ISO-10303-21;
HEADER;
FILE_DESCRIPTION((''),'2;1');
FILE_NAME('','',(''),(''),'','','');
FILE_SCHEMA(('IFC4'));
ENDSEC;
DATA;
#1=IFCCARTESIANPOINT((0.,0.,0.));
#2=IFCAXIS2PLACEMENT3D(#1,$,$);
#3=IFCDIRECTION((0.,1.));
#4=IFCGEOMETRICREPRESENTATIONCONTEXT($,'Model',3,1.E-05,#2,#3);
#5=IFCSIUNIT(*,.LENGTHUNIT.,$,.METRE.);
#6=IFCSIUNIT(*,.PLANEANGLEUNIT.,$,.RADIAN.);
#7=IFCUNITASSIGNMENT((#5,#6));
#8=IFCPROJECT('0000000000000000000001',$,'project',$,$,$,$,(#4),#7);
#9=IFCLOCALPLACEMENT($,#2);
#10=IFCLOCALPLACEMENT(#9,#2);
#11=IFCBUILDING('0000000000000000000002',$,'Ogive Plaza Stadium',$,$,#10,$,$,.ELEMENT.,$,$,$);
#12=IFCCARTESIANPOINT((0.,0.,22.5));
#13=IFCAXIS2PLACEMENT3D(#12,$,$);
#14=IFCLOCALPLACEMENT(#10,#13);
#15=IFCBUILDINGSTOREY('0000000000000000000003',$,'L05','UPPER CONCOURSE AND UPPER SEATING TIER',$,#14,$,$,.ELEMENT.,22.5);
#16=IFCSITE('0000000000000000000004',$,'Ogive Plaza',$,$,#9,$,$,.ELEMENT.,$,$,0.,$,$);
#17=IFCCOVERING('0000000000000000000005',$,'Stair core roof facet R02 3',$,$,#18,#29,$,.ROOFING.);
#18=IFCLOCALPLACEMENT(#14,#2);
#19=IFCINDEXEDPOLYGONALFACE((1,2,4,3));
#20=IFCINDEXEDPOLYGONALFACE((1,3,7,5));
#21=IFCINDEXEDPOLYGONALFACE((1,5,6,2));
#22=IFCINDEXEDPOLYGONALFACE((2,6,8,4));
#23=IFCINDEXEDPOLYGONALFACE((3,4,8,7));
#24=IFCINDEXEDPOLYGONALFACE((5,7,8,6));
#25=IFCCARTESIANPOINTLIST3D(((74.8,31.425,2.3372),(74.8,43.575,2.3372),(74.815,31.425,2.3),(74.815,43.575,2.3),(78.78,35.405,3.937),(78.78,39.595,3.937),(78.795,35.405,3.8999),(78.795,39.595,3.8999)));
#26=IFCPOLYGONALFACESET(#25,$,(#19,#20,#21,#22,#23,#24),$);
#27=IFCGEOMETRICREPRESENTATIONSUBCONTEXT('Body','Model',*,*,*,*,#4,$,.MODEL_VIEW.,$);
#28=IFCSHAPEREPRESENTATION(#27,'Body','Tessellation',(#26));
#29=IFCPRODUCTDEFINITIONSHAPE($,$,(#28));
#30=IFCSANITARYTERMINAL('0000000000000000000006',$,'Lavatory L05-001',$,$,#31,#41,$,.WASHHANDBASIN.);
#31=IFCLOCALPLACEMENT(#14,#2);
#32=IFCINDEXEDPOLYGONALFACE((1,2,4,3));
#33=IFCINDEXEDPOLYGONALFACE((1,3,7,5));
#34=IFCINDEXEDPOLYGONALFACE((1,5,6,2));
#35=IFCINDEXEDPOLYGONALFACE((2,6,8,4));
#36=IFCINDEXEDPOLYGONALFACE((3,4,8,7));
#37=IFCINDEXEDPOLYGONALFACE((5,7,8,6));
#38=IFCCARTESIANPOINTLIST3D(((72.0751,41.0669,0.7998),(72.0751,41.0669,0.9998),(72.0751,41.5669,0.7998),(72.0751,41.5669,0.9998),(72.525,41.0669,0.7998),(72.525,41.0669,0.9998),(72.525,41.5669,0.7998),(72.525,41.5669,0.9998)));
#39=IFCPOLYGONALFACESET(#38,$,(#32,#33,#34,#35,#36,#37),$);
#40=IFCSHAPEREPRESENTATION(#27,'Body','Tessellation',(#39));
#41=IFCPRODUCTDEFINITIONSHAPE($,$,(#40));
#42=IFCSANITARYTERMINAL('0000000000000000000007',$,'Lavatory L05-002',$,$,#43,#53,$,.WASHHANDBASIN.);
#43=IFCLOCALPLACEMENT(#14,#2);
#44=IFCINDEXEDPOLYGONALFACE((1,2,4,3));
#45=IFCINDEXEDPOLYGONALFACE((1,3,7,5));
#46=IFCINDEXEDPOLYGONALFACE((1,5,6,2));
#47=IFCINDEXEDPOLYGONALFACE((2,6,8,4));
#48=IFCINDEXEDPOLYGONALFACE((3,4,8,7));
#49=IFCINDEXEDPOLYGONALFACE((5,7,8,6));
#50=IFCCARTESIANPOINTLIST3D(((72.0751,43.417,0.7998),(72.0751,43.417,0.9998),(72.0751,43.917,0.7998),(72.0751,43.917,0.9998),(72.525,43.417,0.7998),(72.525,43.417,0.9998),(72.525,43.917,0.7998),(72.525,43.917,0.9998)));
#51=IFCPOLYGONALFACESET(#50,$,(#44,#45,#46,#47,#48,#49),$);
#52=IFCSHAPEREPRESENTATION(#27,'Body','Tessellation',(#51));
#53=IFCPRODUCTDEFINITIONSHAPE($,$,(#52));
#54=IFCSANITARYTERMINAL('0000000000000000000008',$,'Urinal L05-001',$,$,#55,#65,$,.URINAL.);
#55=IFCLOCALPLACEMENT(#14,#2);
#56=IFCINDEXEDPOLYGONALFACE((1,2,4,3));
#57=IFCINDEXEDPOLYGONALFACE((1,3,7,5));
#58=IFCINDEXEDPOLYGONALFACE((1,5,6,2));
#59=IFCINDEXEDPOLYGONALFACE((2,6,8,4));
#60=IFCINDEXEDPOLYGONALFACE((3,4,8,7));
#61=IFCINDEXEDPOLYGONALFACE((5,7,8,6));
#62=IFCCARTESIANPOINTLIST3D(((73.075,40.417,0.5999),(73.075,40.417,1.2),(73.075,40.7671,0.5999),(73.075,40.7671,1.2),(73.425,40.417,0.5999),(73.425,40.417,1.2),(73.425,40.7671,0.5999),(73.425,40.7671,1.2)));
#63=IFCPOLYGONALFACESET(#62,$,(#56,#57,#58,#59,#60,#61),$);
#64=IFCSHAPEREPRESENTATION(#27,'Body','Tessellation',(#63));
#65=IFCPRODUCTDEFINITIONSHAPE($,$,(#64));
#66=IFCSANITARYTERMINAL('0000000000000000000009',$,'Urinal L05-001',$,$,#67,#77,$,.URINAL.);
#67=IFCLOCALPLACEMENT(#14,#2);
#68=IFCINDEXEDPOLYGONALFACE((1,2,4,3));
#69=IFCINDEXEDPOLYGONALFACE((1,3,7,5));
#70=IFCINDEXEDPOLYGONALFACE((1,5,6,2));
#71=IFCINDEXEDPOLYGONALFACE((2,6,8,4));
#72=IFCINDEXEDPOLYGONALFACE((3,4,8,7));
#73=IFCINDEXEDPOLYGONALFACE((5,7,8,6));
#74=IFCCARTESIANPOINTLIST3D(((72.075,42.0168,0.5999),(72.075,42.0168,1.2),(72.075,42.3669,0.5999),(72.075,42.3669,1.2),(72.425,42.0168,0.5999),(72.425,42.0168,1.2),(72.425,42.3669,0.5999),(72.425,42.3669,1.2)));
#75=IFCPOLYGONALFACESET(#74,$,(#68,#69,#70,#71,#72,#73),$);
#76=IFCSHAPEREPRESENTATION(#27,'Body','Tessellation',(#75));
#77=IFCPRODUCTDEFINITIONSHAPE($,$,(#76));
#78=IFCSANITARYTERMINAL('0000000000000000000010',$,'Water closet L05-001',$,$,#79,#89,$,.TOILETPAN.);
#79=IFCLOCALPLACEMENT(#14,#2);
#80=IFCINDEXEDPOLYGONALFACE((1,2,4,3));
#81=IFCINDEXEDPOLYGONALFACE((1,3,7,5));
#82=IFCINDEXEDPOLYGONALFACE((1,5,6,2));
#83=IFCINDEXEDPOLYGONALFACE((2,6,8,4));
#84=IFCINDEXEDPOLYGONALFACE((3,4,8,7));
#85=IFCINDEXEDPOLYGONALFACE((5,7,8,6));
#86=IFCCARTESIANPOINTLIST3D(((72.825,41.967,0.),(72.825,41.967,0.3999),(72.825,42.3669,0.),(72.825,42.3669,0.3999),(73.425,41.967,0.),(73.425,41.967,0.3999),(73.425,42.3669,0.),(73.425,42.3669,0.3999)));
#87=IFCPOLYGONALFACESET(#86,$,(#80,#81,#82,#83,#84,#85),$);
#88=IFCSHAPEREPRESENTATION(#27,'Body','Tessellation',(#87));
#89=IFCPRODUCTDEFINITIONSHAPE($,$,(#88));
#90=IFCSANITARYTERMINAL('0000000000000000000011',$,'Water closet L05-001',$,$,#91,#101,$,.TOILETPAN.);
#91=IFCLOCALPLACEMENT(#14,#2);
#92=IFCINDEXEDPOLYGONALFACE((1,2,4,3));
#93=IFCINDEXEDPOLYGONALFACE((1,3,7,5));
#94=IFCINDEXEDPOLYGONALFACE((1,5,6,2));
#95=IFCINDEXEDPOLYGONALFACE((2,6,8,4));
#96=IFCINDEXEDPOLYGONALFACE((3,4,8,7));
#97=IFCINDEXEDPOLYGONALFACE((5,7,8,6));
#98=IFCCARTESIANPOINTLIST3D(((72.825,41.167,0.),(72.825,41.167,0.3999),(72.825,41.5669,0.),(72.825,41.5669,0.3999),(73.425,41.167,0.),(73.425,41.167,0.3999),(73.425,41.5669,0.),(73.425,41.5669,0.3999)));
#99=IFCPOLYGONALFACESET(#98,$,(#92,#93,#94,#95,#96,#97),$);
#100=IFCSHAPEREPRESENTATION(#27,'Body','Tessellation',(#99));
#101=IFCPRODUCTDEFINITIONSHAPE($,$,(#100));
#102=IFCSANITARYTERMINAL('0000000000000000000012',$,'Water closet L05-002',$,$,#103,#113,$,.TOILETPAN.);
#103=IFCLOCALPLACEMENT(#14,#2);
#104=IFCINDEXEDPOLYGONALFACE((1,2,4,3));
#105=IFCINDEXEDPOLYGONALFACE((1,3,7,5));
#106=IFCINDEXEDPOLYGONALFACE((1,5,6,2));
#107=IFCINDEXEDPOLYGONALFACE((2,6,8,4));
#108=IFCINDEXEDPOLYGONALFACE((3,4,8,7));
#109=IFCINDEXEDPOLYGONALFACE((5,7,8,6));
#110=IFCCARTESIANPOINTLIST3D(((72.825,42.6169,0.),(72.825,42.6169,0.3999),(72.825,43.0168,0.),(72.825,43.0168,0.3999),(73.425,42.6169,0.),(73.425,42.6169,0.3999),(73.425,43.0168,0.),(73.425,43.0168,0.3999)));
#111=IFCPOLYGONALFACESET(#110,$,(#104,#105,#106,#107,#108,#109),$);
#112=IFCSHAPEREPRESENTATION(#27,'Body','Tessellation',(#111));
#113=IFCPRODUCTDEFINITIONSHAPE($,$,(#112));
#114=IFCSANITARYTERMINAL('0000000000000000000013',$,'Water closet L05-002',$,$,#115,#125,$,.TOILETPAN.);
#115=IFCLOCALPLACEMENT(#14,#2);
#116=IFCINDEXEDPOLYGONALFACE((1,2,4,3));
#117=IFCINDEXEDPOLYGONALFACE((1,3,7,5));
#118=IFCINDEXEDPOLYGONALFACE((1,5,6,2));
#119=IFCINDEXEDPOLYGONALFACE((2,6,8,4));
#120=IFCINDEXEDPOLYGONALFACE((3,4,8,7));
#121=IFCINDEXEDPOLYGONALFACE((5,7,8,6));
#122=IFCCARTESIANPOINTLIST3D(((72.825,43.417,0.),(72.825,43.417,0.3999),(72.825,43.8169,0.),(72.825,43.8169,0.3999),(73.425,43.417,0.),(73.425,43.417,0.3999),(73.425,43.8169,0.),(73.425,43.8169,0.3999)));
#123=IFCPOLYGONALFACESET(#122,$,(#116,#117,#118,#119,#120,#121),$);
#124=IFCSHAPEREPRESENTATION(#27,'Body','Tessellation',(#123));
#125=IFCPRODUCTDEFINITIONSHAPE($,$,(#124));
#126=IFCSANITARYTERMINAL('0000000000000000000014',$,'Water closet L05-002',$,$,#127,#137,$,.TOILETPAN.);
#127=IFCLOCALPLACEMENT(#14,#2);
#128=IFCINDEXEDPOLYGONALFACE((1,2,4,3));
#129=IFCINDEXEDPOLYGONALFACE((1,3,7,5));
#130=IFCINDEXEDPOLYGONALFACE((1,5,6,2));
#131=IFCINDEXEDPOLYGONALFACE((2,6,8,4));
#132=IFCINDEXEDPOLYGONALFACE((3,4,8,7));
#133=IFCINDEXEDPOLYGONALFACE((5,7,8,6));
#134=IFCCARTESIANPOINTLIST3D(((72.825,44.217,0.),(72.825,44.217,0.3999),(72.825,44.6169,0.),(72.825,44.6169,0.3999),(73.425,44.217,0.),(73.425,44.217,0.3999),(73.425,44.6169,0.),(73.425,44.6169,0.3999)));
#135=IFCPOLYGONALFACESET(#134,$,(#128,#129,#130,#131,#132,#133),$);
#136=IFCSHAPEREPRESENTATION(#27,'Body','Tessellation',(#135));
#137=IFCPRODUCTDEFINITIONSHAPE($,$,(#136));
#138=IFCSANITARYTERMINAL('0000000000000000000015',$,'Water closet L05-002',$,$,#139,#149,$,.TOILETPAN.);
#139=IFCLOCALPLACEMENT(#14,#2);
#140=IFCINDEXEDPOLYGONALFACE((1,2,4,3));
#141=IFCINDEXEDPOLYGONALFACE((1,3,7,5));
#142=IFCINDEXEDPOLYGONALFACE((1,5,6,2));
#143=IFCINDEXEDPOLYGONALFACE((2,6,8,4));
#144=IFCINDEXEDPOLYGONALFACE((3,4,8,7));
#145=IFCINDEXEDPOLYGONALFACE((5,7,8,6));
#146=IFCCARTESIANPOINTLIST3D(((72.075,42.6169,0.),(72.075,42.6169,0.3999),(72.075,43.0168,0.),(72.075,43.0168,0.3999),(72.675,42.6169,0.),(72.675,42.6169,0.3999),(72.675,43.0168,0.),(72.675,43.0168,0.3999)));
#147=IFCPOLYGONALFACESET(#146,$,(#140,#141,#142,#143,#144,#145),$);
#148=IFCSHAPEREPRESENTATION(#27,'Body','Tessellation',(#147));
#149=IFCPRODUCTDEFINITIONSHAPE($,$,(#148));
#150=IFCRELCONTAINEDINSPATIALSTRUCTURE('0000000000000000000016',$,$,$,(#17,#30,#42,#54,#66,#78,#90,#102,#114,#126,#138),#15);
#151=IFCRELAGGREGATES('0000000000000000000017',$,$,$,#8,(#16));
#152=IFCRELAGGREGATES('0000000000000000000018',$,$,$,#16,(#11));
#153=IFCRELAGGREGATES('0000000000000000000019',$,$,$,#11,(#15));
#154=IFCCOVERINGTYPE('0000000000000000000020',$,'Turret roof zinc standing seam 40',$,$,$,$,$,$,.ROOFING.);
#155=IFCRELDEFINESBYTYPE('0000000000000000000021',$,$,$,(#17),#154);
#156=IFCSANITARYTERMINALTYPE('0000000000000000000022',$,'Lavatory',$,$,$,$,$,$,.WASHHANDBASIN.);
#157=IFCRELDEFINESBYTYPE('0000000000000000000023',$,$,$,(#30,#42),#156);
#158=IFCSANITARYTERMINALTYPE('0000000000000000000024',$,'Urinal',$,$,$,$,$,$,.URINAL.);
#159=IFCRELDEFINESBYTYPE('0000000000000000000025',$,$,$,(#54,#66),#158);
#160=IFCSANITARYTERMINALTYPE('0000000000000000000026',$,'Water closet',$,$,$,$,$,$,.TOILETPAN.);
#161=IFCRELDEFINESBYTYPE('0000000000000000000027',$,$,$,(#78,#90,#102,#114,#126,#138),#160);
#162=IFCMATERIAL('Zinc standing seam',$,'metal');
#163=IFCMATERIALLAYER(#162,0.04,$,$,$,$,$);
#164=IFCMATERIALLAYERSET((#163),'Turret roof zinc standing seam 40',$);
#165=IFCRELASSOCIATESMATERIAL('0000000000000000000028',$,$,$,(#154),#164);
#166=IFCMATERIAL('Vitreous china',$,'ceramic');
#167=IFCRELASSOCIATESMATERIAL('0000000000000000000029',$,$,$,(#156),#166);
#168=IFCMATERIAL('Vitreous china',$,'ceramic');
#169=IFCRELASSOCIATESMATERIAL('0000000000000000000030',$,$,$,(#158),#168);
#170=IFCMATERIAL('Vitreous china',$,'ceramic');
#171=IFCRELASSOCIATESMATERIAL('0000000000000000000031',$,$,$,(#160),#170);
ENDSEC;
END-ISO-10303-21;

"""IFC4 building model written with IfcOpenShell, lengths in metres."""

from ifc_helpers import new_model, si_unit, direction, frame, origin, origin_2d, place, context, subcontext, project, spatial, polyline, rectangle, outline, extrude, material, layer, layer_set, type_object, element, save


model = new_model("IFC4")

# Units and contexts
model_context = context("Model", 3, precision=1e-05, world=origin(), true_north=direction((0.0, 1.0)))
body_context = subcontext(model_context, "Body", "Model", "MODEL_VIEW")
ifc_project = project(units=[si_unit("LENGTHUNIT", "METRE"), si_unit("PLANEANGLEUNIT", "RADIAN")], contexts=[model_context])

# Site, building, storey
site_placement = place(None, origin())
site = spatial("IfcSite", under=ifc_project, at=site_placement, Name="Ogive Plaza", CompositionType="ELEMENT", RefElevation=0.0)
building_placement = place(site_placement, origin())
building = spatial("IfcBuilding", under=site, at=building_placement, Name="Ogive Plaza Stadium", CompositionType="ELEMENT")
storey_placement = place(building_placement, frame((0.0, 0.0, 22.5)))
storey = spatial("IfcBuildingStorey", under=building, at=storey_placement, Name="L05", Description="UPPER CONCOURSE AND UPPER SEATING TIER", CompositionType="ELEMENT", Elevation=22.5)

# Covering
ifc_material_1 = material(Name="Zinc standing seam", Category="metal")
ifc_layer_1 = layer(ifc_material_1, 0.04)
ifc_layer_set_1 = layer_set([ifc_layer_1], Name="Turret roof zinc standing seam 40")
covering_type = type_object("IfcCoveringType", Name="Turret roof zinc standing seam 40", PredefinedType="ROOFING", material=ifc_layer_set_1)
covering_placement = place(storey_placement, frame((74.8, 43.575, 2.3372), z_axis=(-0.37297, 0.0, 0.927843), x_axis=(0.0, -1.0, 0.0)))
element("IfcCovering", 1, at=covering_placement, inside=storey, type_object=covering_type, Name="Stair core roof facet R02 3", PredefinedType="ROOFING", context=body_context, shape_type="SweptSolid", body=[
    extrude(outline(polyline([(0.0, 0.0), (12.1499, 0.0), (8.1699, 4.2895), (3.98, 4.2895), (0.0, 0.0)])), origin(), (0.0, 0.0, -1.0), 0.04),
])

# Sanitary terminals
ifc_material_2 = material(Name="Vitreous china", Category="ceramic")
sanitary_terminal_type_1 = type_object("IfcSanitaryTerminalType", Name="Lavatory", PredefinedType="WASHHANDBASIN", material=ifc_material_2)
for number, where, z_axis, x_axis, name in (
    (2, (72.3, 41.3169, 0.7998), (0.0, 0.0, 1.0), (0.0, -1.0, 0.0), "Lavatory L05-001"),
    (3, (72.3, 43.667, 0.7998), (0.0, 0.0, 1.0), (0.0, 1.0, 0.0), "Lavatory L05-002"),
):
    element("IfcSanitaryTerminal", number, at=place(storey_placement, frame(where, z_axis=z_axis, x_axis=x_axis)), inside=storey, type_object=sanitary_terminal_type_1, Name=name, PredefinedType="WASHHANDBASIN", context=body_context, shape_type="SweptSolid", body=[
        extrude(rectangle(XDim=0.5, YDim=0.45, at=origin_2d()), origin(), (0.0, 0.0, 1.0), 0.2),
    ])
ifc_material_3 = material(Name="Vitreous china", Category="ceramic")
sanitary_terminal_type_2 = type_object("IfcSanitaryTerminalType", Name="Urinal", PredefinedType="URINAL", material=ifc_material_3)
for number, where, z_axis, x_axis, name in (
    (4, (73.25, 40.592, 0.5999), (0.0, 0.0, 1.0), (0.0, -1.0, 0.0), "Urinal L05-001"),
    (5, (72.25, 42.1919, 0.5999), (0.0, 0.0, 1.0), (0.0, -1.0, 0.0), "Urinal L05-001"),
):
    element("IfcSanitaryTerminal", number, at=place(storey_placement, frame(where, z_axis=z_axis, x_axis=x_axis)), inside=storey, type_object=sanitary_terminal_type_2, Name=name, PredefinedType="URINAL", context=body_context, shape_type="SweptSolid", body=[
        extrude(rectangle(XDim=0.3501, YDim=0.3501, at=origin_2d()), origin(), (0.0, 0.0, 1.0), 0.6001),
    ])
ifc_material_4 = material(Name="Vitreous china", Category="ceramic")
sanitary_terminal_type_3 = type_object("IfcSanitaryTerminalType", Name="Water closet", PredefinedType="TOILETPAN", material=ifc_material_4)
for number, where, z_axis, x_axis, name in (
    (6, (73.125, 42.167, 0.0), (0.0, 0.0, 1.0), (0.0, -1.0, 0.0), "Water closet L05-001"),
    (7, (73.125, 41.3669, 0.0), (0.0, 0.0, 1.0), (0.0, -1.0, 0.0), "Water closet L05-001"),
    (8, (73.125, 42.8169, 0.0), (0.0, 0.0, 1.0), (0.0, 1.0, 0.0), "Water closet L05-002"),
    (9, (73.125, 43.6169, 0.0), (0.0, 0.0, 1.0), (0.0, 1.0, 0.0), "Water closet L05-002"),
    (10, (73.125, 44.417, 0.0), (0.0, 0.0, 1.0), (0.0, 1.0, 0.0), "Water closet L05-002"),
    (11, (72.375, 42.8169, 0.0), (0.0, 0.0, 1.0), (0.0, 1.0, 0.0), "Water closet L05-002"),
):
    element("IfcSanitaryTerminal", number, at=place(storey_placement, frame(where, z_axis=z_axis, x_axis=x_axis)), inside=storey, type_object=sanitary_terminal_type_3, Name=name, PredefinedType="TOILETPAN", context=body_context, shape_type="SweptSolid", body=[
        extrude(rectangle(XDim=0.3999, YDim=0.6001, at=origin_2d()), origin(), (0.0, 0.0, 1.0), 0.3999),
    ])

save(model, "model.ifc")
